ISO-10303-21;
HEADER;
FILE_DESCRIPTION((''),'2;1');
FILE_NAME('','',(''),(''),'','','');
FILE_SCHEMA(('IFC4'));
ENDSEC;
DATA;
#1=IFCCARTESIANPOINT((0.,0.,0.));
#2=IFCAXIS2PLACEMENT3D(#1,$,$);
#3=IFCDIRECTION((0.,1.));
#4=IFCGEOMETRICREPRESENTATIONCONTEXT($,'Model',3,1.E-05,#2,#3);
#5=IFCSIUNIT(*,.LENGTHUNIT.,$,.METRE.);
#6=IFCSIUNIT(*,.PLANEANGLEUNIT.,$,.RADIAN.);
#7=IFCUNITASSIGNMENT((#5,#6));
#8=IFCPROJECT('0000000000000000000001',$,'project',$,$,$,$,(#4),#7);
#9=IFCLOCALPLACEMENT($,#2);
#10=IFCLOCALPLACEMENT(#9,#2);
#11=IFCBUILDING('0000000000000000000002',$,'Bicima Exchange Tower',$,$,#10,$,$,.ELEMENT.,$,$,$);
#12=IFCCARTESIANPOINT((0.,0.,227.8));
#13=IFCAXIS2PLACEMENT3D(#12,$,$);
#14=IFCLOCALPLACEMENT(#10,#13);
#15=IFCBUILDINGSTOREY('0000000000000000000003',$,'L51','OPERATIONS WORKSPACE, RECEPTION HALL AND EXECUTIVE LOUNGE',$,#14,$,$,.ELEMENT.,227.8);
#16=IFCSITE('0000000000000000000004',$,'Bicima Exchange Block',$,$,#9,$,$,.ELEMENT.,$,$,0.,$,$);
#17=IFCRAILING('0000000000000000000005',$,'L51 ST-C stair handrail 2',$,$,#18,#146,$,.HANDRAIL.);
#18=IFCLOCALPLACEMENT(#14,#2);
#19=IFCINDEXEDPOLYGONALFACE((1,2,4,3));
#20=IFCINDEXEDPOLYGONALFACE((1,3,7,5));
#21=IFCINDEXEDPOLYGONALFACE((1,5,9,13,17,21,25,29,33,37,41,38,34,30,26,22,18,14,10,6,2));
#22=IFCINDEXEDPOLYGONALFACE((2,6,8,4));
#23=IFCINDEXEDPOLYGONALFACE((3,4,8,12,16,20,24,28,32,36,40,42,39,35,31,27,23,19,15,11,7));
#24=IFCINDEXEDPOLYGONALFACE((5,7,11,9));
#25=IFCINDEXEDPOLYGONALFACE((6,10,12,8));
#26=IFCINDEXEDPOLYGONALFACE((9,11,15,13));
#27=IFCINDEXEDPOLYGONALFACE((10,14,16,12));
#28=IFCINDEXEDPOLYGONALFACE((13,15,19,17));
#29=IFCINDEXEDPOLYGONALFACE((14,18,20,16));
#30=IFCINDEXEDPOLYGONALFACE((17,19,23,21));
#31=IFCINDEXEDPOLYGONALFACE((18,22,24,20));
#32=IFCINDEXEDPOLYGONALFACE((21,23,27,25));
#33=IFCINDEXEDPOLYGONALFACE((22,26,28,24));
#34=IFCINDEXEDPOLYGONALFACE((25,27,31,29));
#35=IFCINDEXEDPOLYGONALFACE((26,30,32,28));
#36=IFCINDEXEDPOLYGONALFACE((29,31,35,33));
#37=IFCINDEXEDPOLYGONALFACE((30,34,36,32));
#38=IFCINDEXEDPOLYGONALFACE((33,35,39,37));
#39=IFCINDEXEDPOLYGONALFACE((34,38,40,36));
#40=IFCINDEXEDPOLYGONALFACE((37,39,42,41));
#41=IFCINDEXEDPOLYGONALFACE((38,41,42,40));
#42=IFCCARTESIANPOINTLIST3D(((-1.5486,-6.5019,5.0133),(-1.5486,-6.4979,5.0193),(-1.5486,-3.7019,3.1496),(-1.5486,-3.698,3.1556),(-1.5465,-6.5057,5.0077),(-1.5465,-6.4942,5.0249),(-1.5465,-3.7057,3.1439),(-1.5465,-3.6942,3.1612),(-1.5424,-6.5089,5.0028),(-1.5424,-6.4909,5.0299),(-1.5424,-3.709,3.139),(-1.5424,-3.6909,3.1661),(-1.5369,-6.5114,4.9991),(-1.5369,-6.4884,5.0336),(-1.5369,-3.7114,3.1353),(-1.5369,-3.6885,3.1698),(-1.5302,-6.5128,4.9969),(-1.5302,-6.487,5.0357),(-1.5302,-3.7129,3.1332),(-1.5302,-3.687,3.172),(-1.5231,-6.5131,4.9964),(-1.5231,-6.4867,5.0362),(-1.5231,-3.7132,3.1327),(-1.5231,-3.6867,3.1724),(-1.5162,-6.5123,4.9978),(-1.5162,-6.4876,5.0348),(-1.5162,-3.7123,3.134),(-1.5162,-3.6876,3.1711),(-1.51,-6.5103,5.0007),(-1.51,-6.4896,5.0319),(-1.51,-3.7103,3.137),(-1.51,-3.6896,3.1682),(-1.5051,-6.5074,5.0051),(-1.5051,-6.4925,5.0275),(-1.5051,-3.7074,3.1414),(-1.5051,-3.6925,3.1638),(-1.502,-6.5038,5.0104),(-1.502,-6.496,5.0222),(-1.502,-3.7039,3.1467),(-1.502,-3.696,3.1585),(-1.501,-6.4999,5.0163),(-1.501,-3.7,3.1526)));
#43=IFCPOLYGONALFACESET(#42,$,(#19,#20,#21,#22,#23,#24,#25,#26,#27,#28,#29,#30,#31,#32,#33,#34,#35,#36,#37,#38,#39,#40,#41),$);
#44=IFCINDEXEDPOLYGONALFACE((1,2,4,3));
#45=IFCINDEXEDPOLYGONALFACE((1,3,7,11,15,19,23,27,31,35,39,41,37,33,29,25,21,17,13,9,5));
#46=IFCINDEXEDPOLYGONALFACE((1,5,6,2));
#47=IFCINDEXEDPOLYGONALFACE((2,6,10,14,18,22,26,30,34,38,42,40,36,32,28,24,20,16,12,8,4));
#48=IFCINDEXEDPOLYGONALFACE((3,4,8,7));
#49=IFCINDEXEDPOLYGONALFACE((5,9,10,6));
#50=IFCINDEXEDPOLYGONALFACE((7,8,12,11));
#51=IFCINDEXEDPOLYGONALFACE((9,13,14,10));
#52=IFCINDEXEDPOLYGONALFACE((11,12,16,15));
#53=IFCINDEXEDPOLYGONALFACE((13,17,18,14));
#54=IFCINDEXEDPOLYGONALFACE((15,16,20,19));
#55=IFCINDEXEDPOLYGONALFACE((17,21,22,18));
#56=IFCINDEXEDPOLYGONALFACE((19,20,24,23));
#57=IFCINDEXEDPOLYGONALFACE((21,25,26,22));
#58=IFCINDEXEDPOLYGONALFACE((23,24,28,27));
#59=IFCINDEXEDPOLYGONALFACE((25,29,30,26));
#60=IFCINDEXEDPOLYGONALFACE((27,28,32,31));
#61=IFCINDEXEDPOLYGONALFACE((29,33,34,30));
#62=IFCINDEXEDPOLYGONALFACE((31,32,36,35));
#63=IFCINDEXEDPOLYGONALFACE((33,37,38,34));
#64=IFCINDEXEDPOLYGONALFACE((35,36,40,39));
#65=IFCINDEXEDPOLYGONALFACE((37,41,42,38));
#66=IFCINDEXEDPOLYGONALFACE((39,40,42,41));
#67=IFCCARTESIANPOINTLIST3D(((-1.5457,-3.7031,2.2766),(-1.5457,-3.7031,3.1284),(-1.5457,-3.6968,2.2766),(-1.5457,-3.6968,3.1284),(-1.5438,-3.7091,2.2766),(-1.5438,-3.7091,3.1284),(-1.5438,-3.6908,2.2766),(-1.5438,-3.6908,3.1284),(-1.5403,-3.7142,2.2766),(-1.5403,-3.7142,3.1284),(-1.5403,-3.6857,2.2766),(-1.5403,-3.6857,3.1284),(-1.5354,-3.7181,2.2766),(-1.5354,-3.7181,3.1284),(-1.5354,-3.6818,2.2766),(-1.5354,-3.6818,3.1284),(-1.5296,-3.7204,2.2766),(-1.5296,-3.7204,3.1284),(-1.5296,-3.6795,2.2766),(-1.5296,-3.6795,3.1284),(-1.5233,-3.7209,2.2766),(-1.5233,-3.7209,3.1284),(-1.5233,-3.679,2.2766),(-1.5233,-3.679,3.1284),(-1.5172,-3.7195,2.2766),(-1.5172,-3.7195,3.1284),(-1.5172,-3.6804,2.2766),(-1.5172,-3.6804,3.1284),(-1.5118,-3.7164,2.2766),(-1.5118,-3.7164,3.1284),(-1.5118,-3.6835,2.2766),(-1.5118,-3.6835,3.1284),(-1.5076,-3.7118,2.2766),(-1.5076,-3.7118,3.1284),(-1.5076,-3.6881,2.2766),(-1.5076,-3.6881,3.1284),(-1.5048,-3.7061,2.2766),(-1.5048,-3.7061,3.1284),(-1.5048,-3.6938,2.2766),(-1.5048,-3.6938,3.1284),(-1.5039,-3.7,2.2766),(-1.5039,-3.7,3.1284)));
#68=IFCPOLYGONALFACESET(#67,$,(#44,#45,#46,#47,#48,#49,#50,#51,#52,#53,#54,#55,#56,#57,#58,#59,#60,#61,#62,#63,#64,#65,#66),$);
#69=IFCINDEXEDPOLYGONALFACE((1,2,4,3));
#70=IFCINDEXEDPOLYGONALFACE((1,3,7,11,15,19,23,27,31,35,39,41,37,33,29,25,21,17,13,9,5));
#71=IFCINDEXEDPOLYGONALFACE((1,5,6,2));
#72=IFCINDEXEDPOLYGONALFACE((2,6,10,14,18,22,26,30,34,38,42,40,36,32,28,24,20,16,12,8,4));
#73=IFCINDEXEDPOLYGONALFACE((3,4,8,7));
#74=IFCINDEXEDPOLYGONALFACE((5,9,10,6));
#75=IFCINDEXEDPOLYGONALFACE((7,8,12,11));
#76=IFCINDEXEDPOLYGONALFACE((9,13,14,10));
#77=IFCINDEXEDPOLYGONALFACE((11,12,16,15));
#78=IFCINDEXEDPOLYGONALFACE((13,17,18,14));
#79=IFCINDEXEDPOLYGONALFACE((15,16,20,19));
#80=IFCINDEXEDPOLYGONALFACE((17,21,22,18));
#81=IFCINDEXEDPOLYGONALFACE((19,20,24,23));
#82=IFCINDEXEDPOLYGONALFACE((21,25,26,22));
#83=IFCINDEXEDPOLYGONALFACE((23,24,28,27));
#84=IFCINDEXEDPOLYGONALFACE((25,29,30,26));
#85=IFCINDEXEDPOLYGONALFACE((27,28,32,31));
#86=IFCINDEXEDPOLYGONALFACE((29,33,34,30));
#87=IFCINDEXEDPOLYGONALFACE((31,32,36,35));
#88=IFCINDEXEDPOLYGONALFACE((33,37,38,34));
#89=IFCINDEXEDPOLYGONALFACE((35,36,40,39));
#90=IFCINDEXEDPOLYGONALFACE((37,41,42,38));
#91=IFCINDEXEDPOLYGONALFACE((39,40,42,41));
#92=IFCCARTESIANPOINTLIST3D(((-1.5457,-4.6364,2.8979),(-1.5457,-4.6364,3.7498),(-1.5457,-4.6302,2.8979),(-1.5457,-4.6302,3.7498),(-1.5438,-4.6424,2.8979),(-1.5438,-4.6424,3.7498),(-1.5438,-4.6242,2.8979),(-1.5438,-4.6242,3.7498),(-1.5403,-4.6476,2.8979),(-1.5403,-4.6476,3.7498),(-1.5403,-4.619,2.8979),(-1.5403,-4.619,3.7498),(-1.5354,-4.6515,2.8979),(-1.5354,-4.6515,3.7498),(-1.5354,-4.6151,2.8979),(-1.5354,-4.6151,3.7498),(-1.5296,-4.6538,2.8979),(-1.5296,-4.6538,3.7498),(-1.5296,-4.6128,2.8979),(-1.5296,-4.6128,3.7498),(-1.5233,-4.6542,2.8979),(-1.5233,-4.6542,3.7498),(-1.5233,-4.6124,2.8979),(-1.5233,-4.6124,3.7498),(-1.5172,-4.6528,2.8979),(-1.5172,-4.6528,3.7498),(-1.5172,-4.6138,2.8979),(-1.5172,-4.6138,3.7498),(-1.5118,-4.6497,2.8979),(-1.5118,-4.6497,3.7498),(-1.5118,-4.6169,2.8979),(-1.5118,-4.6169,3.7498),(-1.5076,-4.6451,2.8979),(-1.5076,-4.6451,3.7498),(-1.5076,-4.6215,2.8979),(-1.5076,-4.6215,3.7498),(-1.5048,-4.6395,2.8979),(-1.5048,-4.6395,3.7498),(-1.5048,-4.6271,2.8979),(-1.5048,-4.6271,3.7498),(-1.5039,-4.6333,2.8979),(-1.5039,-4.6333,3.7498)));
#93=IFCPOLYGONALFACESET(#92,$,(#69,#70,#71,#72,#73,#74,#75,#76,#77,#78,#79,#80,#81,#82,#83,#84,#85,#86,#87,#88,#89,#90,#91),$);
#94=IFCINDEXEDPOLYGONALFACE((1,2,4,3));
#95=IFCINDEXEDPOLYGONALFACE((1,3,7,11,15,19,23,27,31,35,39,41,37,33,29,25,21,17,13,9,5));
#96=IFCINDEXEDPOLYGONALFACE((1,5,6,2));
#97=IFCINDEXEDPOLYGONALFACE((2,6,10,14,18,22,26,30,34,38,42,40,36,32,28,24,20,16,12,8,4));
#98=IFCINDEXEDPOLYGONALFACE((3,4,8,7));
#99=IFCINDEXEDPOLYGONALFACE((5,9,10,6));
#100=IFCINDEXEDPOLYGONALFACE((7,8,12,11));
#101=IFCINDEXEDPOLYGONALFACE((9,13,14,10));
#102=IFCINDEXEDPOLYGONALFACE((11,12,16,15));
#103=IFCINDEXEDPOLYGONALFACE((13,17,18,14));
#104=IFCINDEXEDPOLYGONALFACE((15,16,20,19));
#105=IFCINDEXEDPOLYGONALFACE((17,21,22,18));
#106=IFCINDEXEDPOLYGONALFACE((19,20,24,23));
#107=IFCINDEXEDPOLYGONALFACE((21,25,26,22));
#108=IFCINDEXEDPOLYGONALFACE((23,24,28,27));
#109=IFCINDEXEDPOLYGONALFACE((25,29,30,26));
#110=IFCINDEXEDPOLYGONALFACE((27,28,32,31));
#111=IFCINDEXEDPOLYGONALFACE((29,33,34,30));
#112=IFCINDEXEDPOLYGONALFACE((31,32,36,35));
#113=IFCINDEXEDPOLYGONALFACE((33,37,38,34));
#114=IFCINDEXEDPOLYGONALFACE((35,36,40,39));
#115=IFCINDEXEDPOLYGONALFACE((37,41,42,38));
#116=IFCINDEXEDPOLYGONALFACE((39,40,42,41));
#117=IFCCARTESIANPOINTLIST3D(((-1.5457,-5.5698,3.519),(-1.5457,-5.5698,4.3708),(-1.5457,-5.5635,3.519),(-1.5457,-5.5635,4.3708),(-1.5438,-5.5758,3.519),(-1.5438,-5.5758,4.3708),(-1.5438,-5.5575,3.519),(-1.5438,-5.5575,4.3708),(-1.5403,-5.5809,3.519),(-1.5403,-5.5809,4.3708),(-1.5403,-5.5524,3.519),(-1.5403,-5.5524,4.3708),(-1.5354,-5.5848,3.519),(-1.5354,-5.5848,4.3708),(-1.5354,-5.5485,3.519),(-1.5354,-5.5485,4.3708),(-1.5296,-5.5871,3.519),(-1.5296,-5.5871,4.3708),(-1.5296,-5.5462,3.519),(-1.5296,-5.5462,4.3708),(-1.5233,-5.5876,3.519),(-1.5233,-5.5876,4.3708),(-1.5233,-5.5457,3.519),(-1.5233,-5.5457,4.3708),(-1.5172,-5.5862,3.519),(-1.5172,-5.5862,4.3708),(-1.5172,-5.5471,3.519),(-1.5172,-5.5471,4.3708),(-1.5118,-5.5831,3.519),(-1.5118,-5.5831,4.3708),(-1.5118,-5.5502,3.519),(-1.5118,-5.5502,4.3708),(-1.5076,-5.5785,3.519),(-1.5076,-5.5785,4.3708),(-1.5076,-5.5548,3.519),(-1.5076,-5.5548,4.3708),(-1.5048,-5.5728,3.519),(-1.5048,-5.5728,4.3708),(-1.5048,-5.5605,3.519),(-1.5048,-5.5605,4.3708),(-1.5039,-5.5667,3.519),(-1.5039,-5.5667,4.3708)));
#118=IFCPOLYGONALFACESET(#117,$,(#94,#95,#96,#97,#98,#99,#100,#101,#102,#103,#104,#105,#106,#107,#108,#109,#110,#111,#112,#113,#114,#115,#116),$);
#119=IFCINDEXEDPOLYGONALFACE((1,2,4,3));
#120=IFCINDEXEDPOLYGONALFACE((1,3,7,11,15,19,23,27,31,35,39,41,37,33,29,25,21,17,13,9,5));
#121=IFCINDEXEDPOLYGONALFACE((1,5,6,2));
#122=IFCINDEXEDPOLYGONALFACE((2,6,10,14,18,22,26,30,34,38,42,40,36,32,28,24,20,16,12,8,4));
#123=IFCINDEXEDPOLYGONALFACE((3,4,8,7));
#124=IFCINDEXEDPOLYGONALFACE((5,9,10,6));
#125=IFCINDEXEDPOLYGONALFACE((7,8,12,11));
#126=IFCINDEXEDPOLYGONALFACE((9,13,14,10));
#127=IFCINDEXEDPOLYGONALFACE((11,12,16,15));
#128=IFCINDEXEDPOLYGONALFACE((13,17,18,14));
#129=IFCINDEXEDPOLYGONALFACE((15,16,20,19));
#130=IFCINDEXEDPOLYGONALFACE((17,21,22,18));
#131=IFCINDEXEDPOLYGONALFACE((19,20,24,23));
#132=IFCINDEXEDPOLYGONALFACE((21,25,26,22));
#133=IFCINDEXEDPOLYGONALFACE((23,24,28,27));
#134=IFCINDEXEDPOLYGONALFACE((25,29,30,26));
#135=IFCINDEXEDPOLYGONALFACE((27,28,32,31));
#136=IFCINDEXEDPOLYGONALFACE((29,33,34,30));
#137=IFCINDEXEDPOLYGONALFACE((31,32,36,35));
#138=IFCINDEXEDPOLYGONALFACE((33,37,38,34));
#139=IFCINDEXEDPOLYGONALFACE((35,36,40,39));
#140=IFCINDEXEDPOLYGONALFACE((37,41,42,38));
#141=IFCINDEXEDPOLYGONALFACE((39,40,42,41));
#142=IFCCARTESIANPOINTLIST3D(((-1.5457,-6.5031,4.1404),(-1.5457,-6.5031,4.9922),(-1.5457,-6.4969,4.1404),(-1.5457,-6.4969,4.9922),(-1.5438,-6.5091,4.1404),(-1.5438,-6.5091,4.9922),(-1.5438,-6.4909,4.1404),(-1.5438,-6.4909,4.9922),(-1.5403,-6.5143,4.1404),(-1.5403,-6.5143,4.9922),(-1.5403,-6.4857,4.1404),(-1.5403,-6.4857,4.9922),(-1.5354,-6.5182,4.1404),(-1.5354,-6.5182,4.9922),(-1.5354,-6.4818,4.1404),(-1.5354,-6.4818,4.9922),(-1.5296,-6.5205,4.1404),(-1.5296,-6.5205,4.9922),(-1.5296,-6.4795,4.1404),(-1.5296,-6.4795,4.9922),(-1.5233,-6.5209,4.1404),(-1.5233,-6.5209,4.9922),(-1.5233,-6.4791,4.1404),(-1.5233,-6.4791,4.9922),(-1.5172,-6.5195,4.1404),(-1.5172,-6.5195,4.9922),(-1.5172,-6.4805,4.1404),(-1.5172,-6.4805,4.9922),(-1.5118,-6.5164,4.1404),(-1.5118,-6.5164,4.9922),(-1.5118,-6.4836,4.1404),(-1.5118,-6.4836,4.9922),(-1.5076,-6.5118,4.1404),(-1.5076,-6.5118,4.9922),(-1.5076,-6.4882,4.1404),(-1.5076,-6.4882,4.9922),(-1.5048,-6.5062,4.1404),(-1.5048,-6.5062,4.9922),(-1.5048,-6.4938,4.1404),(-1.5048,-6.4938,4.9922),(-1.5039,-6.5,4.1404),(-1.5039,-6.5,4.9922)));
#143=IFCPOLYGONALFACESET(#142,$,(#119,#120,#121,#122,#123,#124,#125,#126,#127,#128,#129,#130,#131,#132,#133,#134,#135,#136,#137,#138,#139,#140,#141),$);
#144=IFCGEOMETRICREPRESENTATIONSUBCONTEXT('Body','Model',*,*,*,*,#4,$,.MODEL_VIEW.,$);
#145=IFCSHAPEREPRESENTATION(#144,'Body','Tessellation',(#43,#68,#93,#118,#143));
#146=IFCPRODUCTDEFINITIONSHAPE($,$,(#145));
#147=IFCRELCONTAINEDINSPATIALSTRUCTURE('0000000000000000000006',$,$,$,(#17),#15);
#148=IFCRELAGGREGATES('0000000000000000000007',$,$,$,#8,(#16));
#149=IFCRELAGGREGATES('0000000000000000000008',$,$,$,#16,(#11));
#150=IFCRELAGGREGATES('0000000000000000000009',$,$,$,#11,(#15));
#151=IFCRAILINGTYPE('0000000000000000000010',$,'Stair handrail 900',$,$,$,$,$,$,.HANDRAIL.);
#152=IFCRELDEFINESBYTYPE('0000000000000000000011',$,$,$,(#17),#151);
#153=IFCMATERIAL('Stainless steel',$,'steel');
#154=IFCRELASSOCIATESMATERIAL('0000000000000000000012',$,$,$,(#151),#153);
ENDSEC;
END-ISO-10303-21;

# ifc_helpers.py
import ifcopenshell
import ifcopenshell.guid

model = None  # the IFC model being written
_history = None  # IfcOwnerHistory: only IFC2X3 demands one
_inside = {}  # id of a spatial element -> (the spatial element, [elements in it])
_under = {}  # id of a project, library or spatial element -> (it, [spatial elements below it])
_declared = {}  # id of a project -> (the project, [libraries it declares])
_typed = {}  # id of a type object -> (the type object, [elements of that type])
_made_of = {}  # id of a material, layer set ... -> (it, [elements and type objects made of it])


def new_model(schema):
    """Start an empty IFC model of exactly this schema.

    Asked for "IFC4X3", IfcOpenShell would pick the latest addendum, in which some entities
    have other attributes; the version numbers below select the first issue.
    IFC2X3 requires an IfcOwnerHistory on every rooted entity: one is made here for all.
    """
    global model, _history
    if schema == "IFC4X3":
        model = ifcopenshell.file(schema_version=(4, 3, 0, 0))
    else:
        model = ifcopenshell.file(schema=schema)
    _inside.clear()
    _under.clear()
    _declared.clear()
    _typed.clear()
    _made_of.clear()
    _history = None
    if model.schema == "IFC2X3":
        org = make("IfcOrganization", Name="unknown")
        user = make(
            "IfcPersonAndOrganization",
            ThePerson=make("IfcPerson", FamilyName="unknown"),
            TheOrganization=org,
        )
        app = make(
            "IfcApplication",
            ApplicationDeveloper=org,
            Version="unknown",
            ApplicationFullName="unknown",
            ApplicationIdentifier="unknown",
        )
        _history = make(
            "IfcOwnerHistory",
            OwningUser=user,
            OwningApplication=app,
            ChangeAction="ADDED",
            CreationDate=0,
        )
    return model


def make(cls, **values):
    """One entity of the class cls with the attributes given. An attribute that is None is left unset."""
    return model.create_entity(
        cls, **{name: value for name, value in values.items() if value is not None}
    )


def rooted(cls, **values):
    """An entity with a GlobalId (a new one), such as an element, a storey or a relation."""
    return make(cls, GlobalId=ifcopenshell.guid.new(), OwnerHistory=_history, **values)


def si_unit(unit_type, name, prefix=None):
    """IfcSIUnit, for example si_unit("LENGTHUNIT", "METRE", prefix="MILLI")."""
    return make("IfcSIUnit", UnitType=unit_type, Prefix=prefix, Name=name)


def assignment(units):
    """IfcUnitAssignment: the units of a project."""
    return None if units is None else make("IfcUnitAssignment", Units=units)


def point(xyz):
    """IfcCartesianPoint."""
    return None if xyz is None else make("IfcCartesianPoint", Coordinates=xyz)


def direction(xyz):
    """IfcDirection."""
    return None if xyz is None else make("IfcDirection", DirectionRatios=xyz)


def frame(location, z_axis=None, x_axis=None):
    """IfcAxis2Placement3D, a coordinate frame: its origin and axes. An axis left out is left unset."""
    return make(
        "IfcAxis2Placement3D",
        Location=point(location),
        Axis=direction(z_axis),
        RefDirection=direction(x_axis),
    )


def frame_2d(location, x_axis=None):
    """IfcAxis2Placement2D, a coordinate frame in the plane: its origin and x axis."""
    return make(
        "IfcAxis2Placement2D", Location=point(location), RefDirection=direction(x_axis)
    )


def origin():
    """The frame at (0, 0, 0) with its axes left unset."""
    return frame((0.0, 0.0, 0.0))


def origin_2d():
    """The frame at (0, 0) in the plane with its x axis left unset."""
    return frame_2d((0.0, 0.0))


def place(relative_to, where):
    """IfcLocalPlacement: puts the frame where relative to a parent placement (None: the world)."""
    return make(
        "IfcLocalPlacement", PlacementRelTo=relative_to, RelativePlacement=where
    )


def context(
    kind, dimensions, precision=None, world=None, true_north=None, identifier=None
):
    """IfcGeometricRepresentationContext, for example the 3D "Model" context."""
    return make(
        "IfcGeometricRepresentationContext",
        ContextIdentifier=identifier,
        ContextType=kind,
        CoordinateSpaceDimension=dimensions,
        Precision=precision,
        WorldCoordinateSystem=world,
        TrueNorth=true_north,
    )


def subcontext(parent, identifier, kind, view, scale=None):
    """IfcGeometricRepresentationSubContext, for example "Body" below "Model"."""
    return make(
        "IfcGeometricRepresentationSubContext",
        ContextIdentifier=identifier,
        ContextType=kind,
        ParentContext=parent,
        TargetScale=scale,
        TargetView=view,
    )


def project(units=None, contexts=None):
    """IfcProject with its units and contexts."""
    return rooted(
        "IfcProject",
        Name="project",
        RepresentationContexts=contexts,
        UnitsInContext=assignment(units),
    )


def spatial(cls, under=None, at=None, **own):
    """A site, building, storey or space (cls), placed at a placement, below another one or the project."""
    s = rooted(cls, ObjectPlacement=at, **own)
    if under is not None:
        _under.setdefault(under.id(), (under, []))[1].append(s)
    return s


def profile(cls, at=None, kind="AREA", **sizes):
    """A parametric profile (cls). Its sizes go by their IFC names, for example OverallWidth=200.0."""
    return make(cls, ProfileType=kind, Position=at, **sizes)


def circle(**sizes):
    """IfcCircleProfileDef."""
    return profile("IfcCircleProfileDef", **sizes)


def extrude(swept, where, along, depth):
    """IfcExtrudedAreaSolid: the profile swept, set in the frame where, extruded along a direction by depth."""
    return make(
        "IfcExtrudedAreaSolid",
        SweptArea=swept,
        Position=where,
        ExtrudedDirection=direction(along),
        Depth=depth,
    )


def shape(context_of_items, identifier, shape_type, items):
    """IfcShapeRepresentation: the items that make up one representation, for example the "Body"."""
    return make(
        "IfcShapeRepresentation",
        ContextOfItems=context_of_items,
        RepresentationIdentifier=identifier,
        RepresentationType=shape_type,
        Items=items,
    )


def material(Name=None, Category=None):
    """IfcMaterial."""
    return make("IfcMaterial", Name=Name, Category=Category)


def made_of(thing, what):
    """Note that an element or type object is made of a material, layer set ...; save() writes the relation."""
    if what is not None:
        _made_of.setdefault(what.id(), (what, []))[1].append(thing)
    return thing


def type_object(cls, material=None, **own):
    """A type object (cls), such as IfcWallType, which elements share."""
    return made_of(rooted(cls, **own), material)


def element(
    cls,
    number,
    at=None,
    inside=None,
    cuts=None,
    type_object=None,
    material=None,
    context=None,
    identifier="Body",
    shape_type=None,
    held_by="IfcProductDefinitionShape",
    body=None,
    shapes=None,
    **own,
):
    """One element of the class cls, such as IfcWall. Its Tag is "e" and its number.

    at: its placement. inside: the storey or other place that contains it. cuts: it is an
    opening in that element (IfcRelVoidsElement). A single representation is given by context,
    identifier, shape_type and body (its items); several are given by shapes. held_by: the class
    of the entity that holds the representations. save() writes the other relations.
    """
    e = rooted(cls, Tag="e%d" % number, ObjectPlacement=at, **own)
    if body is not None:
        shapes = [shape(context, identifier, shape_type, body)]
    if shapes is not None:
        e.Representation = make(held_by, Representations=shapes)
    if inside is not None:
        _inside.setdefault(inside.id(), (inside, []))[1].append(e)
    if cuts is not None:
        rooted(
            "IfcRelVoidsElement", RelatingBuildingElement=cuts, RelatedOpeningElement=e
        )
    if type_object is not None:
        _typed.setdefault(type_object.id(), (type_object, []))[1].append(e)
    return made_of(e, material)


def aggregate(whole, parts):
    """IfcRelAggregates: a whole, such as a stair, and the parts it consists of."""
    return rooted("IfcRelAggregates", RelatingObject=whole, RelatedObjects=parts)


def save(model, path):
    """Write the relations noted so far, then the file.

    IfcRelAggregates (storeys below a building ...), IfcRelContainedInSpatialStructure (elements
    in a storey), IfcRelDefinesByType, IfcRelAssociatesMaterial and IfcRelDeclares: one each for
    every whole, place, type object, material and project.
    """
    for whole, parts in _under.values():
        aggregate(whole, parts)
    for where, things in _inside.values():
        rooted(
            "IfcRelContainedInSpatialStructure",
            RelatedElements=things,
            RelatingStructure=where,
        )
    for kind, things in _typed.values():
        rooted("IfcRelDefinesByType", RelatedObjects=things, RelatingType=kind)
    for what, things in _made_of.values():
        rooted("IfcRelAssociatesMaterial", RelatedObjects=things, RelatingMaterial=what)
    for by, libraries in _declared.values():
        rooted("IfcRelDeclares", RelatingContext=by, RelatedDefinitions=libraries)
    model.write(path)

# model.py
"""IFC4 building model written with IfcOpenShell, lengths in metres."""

from ifc_helpers import new_model, si_unit, direction, frame, origin, origin_2d, place, context, subcontext, project, spatial, circle, extrude, material, type_object, element, save


model = new_model("IFC4")

# Units and contexts
model_context = context("Model", 3, precision=1e-05, world=origin(), true_north=direction((0.0, 1.0)))
body_context = subcontext(model_context, "Body", "Model", "MODEL_VIEW")
ifc_project = project(units=[si_unit("LENGTHUNIT", "METRE"), si_unit("PLANEANGLEUNIT", "RADIAN")], contexts=[model_context])

# Site, building, storey
site_placement = place(None, origin())
site = spatial("IfcSite", under=ifc_project, at=site_placement, Name="Bicima Exchange Block", CompositionType="ELEMENT", RefElevation=0.0)
building_placement = place(site_placement, origin())
building = spatial("IfcBuilding", under=site, at=building_placement, Name="Bicima Exchange Tower", CompositionType="ELEMENT")
storey_placement = place(building_placement, frame((0.0, 0.0, 227.8)))
storey = spatial("IfcBuildingStorey", under=building, at=storey_placement, Name="L51", Description="OPERATIONS WORKSPACE, RECEPTION HALL AND EXECUTIVE LOUNGE", CompositionType="ELEMENT", Elevation=227.8)

# Railing
ifc_material_1 = material(Name="Stainless steel", Category="steel")
railing_type = type_object("IfcRailingType", Name="Stair handrail 900", PredefinedType="HANDRAIL", material=ifc_material_1)
railing_placement = place(storey_placement, frame((-1.5249, -3.7, 2.2766)))
element("IfcRailing", 1, at=railing_placement, inside=storey, type_object=railing_type, Name="L51 ST-C stair handrail 2", PredefinedType="HANDRAIL", context=body_context, shape_type="SweptSolid", body=[
    extrude(circle(Radius=0.0239, at=origin_2d()), frame((0.0, 0.0, 0.876), z_axis=(0.0, -0.832452, 0.554097), x_axis=(1.0, 0.0, 0.0)), (0.0, 0.0, 1.0), 3.3635),
    extrude(circle(Radius=0.021, at=origin_2d()), origin(), (0.0, 0.0, 1.0), 0.8518),
    extrude(circle(Radius=0.021, at=origin_2d()), frame((0.0, -0.9333, 0.6213)), (0.0, 0.0, 1.0), 0.8518),
    extrude(circle(Radius=0.021, at=origin_2d()), frame((0.0, -1.8667, 1.2424)), (0.0, 0.0, 1.0), 0.8518),
    extrude(circle(Radius=0.021, at=origin_2d()), frame((0.0, -2.8, 1.8638)), (0.0, 0.0, 1.0), 0.8518),
])

save(model, "model.ifc")
